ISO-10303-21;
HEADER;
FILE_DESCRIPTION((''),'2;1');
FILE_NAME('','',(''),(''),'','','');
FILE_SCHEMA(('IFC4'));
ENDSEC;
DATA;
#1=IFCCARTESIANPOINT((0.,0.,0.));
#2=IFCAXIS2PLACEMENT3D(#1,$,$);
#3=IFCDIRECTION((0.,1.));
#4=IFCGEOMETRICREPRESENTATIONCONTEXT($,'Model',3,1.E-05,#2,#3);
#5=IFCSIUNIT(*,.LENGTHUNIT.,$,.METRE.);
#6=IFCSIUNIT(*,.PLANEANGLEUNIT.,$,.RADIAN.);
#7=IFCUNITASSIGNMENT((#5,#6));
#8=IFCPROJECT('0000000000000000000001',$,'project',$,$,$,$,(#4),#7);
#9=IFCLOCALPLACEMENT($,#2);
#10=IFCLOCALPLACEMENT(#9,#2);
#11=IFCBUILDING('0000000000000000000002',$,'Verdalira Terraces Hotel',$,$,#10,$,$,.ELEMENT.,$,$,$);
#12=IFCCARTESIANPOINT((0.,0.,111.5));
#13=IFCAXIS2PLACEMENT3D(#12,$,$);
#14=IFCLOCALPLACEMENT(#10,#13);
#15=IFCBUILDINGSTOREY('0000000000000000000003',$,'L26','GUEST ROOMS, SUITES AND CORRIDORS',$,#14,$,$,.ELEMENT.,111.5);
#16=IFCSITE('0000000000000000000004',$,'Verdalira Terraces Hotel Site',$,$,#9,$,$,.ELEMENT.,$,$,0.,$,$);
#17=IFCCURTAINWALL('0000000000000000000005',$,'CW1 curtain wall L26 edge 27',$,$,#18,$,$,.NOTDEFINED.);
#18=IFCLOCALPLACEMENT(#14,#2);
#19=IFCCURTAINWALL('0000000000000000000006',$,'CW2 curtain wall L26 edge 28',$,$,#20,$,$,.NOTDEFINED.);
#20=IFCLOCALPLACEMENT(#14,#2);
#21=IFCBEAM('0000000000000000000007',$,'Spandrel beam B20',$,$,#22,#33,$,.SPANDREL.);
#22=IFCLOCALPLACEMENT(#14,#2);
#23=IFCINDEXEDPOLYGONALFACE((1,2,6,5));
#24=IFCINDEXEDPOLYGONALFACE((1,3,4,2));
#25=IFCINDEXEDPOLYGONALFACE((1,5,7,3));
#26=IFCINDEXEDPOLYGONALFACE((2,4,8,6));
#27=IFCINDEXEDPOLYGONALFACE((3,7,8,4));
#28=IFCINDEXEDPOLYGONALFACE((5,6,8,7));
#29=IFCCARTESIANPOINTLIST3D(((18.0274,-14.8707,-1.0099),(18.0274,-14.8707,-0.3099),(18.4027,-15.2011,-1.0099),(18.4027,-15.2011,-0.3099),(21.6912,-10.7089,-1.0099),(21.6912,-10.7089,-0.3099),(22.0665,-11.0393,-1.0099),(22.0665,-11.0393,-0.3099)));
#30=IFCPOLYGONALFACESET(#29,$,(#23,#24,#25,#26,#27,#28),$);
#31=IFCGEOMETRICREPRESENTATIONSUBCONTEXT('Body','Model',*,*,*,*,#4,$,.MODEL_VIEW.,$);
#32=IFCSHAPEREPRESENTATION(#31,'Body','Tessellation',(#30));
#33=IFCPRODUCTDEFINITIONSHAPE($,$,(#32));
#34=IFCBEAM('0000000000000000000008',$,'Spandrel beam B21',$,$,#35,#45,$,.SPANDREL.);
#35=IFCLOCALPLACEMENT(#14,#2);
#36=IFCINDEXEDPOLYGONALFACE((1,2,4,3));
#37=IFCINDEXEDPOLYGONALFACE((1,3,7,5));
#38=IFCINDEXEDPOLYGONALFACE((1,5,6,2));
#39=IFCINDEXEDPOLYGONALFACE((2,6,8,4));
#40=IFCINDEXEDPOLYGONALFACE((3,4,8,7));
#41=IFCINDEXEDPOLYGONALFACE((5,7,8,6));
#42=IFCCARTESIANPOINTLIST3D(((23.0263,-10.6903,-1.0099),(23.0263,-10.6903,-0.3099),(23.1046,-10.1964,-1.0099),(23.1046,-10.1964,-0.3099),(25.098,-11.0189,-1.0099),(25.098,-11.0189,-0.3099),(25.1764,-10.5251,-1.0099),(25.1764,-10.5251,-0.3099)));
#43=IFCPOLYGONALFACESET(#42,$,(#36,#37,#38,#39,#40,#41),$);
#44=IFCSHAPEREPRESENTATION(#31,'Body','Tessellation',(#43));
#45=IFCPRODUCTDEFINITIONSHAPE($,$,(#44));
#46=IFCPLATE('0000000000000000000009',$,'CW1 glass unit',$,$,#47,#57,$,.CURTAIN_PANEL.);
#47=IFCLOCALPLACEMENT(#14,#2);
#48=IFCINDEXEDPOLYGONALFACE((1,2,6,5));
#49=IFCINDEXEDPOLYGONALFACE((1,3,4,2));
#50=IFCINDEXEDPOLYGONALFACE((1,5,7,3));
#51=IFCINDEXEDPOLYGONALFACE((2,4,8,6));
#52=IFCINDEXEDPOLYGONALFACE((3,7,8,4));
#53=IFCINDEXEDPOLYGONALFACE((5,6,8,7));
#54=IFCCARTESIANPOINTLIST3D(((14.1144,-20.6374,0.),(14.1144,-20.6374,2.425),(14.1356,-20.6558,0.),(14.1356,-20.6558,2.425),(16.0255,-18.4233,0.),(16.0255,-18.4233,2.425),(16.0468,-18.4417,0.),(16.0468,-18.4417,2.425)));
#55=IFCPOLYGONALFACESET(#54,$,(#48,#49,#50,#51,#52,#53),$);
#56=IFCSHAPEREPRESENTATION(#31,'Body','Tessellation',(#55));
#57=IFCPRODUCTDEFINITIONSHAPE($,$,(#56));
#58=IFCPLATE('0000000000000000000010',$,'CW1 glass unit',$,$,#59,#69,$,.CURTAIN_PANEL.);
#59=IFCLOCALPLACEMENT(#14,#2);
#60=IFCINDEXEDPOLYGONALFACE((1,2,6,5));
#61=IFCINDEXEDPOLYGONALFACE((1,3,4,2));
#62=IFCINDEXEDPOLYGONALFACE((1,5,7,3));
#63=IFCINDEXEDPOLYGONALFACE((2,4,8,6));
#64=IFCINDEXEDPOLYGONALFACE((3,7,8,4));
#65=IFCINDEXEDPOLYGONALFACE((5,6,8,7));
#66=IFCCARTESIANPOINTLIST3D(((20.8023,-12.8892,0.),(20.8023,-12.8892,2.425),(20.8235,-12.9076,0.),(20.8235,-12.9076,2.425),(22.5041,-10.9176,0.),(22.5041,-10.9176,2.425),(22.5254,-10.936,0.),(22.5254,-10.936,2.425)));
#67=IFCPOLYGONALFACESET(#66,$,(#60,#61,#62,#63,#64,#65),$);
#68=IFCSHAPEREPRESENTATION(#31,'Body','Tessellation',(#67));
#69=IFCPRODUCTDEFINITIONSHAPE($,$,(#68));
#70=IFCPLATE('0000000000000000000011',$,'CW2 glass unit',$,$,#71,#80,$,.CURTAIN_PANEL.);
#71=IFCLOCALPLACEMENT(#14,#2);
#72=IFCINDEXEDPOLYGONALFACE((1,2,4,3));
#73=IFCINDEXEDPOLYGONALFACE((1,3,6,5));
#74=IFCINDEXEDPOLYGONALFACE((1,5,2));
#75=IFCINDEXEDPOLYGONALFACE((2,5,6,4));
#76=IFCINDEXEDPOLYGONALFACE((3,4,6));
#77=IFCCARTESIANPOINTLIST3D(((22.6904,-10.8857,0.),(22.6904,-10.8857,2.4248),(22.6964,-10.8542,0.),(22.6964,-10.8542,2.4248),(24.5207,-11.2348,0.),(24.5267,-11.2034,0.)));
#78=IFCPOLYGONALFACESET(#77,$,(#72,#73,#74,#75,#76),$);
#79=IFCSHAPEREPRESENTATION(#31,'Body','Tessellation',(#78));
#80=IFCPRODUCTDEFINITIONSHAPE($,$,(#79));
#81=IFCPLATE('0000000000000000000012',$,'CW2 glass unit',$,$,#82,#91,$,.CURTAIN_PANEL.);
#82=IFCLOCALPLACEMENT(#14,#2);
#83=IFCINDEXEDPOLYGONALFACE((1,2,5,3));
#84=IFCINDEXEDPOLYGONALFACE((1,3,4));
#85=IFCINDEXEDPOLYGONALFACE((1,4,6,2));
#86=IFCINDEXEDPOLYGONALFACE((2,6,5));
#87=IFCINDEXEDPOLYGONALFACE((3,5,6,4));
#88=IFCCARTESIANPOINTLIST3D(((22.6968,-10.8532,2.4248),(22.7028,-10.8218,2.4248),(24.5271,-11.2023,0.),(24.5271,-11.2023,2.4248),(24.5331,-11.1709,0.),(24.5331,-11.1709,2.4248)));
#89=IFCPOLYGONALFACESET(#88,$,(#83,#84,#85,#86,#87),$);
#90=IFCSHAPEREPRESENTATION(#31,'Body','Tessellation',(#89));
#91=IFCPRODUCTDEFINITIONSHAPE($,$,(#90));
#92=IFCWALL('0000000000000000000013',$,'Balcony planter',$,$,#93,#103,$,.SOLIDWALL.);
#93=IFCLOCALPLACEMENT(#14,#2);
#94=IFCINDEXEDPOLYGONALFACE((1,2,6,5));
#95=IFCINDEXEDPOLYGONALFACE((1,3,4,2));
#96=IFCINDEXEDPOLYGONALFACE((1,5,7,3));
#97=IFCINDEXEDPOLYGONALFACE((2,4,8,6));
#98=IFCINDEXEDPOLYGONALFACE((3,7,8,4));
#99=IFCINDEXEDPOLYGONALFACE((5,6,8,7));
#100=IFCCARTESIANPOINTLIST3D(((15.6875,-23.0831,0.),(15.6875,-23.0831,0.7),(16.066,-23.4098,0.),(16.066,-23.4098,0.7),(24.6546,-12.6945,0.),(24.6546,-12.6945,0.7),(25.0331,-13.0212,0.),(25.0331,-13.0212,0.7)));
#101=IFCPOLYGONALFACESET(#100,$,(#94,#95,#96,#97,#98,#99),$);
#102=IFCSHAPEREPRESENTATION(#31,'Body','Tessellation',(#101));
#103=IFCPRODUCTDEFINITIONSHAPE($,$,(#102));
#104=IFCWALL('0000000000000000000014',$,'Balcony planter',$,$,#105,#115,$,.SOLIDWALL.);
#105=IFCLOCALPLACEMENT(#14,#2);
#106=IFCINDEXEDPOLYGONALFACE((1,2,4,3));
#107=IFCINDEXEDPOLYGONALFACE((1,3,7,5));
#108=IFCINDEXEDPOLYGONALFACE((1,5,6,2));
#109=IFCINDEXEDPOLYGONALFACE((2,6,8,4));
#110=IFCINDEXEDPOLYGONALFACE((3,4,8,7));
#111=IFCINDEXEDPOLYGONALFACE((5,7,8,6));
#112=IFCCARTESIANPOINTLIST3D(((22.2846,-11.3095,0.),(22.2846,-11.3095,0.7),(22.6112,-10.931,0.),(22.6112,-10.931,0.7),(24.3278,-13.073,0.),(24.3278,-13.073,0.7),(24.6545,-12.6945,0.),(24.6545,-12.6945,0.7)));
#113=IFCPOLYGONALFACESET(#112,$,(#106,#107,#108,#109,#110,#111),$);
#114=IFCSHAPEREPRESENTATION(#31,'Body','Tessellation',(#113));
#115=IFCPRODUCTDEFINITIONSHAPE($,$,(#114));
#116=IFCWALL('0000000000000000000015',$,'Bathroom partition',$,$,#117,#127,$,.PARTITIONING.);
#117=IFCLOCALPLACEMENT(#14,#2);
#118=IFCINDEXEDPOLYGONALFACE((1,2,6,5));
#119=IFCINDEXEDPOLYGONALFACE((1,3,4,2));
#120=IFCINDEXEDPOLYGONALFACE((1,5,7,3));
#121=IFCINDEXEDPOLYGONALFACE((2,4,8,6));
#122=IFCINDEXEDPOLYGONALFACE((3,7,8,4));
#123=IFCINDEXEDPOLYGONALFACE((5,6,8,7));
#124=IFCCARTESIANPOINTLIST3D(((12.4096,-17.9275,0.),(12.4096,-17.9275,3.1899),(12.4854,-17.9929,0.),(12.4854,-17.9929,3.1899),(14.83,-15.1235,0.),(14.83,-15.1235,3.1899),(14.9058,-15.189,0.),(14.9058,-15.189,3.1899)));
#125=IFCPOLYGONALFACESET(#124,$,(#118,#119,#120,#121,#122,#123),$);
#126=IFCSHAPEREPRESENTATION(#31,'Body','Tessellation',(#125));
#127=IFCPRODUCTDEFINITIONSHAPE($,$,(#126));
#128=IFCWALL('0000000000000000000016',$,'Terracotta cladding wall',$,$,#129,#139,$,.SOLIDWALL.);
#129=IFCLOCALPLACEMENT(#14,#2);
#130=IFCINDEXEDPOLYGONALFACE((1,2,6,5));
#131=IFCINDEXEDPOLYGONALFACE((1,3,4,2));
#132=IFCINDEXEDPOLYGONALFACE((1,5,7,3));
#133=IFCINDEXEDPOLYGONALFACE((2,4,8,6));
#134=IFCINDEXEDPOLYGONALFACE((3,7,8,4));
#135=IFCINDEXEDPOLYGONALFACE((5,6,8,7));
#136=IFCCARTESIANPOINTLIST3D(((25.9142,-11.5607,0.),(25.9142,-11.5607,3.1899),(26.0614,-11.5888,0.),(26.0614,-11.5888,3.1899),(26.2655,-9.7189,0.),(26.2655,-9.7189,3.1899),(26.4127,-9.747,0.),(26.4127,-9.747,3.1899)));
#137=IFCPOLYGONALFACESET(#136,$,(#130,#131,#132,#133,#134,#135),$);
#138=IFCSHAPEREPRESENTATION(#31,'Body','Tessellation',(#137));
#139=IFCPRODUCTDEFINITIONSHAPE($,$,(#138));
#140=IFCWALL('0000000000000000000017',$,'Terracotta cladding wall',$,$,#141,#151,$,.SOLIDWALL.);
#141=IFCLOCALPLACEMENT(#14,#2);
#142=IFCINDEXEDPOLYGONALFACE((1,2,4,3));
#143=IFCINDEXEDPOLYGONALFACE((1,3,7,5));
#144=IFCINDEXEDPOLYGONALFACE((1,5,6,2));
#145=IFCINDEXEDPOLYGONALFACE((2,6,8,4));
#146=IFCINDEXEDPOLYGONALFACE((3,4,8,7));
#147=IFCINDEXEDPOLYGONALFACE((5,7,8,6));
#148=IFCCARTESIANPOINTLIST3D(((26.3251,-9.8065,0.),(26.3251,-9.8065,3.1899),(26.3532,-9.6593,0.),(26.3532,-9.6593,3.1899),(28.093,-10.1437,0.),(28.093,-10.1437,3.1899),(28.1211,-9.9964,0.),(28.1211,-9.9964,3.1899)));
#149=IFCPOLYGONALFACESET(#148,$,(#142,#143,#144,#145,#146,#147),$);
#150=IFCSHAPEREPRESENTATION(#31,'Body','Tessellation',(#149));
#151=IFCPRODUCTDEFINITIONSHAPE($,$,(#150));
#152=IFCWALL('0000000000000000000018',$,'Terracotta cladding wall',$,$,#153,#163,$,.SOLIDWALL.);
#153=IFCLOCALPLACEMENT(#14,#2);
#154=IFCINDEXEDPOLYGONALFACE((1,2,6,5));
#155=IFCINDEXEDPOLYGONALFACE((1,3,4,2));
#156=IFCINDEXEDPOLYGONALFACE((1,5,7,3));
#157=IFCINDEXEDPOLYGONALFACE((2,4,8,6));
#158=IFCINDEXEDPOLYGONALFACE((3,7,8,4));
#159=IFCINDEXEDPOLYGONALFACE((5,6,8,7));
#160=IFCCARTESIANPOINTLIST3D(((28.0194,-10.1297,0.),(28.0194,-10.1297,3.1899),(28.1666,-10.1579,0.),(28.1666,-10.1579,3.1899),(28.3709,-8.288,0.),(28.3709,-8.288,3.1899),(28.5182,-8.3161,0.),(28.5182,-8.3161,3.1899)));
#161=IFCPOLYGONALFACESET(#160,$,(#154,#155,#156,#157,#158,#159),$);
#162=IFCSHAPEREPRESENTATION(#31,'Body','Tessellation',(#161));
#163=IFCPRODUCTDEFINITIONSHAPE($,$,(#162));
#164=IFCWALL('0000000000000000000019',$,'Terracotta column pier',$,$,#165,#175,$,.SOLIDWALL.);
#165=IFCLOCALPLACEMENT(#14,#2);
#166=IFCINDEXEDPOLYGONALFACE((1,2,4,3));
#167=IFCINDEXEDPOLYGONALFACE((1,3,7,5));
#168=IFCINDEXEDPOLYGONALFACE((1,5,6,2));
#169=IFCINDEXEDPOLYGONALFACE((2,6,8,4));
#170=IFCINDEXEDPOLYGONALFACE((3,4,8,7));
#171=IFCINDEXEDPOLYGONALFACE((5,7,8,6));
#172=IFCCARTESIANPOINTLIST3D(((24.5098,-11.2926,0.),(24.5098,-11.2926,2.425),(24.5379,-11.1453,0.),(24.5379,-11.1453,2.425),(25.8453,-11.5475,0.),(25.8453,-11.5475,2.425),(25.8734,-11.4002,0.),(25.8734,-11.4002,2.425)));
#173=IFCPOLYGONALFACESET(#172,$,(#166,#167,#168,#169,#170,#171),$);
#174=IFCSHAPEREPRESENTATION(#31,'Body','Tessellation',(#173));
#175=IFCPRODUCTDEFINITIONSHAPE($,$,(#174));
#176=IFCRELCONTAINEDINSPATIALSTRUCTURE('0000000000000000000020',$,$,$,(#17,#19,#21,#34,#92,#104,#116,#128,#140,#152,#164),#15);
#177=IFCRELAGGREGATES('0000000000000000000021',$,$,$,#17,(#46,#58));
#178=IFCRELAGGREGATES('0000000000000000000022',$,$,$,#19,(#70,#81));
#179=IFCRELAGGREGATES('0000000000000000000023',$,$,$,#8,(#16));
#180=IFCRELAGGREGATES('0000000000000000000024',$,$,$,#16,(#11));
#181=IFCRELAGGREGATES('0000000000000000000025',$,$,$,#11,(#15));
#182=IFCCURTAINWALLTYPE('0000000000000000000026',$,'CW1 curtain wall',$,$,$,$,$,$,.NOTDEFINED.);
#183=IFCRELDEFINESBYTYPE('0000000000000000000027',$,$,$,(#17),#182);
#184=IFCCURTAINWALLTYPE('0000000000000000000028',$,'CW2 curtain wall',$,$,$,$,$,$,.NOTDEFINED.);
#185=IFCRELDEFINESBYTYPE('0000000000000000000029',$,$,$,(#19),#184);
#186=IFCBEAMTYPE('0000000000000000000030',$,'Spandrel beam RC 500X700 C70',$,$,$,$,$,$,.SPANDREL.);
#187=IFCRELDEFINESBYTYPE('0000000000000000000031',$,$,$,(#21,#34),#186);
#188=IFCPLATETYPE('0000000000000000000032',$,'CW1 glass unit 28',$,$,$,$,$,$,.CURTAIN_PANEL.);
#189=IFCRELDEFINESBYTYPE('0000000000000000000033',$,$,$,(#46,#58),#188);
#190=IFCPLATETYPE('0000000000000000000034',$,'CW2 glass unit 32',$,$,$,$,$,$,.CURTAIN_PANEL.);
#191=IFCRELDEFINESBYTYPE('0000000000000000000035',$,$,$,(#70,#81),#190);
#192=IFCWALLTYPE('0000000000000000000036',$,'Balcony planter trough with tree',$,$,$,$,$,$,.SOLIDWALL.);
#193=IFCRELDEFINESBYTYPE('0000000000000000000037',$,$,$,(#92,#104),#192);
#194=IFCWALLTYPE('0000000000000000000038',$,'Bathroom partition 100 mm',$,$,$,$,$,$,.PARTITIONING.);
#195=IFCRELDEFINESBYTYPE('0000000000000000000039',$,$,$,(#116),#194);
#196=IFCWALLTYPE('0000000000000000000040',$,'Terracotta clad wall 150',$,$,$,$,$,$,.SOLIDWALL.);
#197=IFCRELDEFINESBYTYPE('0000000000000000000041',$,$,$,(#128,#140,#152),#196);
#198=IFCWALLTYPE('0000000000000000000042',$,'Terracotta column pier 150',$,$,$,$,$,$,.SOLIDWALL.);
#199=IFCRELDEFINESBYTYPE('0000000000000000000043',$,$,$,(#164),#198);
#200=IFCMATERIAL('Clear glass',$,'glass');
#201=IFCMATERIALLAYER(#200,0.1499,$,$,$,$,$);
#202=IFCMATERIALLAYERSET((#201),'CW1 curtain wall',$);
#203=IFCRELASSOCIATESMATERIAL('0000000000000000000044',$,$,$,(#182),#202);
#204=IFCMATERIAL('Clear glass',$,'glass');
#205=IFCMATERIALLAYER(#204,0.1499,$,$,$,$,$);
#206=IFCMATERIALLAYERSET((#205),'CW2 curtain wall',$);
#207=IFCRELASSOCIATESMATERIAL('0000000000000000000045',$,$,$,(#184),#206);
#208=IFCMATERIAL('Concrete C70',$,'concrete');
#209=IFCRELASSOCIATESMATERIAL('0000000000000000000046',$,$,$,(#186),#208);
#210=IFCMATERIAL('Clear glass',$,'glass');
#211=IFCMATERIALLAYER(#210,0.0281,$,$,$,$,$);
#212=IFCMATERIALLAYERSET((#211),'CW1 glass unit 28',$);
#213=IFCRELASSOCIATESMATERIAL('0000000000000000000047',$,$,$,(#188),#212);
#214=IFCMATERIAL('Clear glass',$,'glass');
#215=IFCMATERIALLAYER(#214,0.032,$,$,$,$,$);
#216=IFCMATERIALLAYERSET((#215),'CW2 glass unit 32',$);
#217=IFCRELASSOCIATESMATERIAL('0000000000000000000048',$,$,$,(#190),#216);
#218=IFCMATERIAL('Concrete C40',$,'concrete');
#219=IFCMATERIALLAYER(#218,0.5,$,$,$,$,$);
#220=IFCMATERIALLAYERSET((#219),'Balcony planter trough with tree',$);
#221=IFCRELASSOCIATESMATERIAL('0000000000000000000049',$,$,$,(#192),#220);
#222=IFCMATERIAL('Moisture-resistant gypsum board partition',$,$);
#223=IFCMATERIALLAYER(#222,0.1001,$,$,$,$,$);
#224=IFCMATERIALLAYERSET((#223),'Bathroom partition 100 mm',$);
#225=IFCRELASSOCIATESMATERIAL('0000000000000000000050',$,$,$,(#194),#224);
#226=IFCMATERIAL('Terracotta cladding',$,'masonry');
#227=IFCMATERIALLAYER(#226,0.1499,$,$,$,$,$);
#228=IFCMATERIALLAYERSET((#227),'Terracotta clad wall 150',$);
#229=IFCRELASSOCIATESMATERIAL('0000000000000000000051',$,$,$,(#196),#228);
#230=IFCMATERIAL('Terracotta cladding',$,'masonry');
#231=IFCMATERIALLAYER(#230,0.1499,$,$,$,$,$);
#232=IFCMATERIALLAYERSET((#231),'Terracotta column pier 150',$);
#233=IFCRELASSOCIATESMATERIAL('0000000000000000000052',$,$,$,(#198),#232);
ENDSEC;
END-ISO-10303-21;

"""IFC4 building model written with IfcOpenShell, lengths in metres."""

from ifc_helpers import new_model, si_unit, direction, frame, frame_2d, origin, origin_2d, place, context, subcontext, project, spatial, polyline, rectangle, outline, extrude, material, layer, layer_set, material_profile, profile_set, type_object, element, aggregate, save


model = new_model("IFC4")

# Units and contexts
model_context = context("Model", 3, precision=1e-05, world=origin(), true_north=direction((0.0, 1.0)))
body_context = subcontext(model_context, "Body", "Model", "MODEL_VIEW")
ifc_project = project(units=[si_unit("LENGTHUNIT", "METRE"), si_unit("PLANEANGLEUNIT", "RADIAN")], contexts=[model_context])

# Site, building, storey
site_placement = place(None, origin())
site = spatial("IfcSite", under=ifc_project, at=site_placement, Name="Verdalira Terraces Hotel Site", CompositionType="ELEMENT", RefElevation=0.0)
building_placement = place(site_placement, origin())
building = spatial("IfcBuilding", under=site, at=building_placement, Name="Verdalira Terraces Hotel", CompositionType="ELEMENT")
storey_placement = place(building_placement, frame((0.0, 0.0, 111.5)))
storey = spatial("IfcBuildingStorey", under=building, at=storey_placement, Name="L26", Description="GUEST ROOMS, SUITES AND CORRIDORS", CompositionType="ELEMENT", Elevation=111.5)

# Curtain wall
ifc_material_1 = material(Name="Clear glass", Category="glass")
ifc_layer_1 = layer(ifc_material_1, 0.1499)
ifc_layer_set_1 = layer_set([ifc_layer_1], Name="CW1 curtain wall")
curtain_wall_type_1 = type_object("IfcCurtainWallType", Name="CW1 curtain wall", PredefinedType="NOTDEFINED", material=ifc_layer_set_1)
curtain_wall_1_placement = place(storey_placement, origin())
curtain_wall_1 = element("IfcCurtainWall", 1, at=curtain_wall_1_placement, inside=storey, type_object=curtain_wall_type_1, Name="CW1 curtain wall L26 edge 27", PredefinedType="NOTDEFINED")

# Curtain wall
ifc_material_2 = material(Name="Clear glass", Category="glass")
ifc_layer_2 = layer(ifc_material_2, 0.1499)
ifc_layer_set_2 = layer_set([ifc_layer_2], Name="CW2 curtain wall")
curtain_wall_type_2 = type_object("IfcCurtainWallType", Name="CW2 curtain wall", PredefinedType="NOTDEFINED", material=ifc_layer_set_2)
curtain_wall_2_placement = place(storey_placement, origin())
curtain_wall_2 = element("IfcCurtainWall", 2, at=curtain_wall_2_placement, inside=storey, type_object=curtain_wall_type_2, Name="CW2 curtain wall L26 edge 28", PredefinedType="NOTDEFINED")

# Beams
ifc_material_3 = material(Name="Concrete C70", Category="concrete")
ifc_material_profile_1 = material_profile(ifc_material_3, rectangle(XDim=0.5, YDim=0.7, at=origin_2d()), Name="RC 500X700")
ifc_profile_set_1 = profile_set([ifc_material_profile_1], Name="Concrete C70")
beam_type_1 = type_object("IfcBeamType", Name="Spandrel beam RC 500X700 C70", PredefinedType="SPANDREL", material=ifc_profile_set_1)
beam_1_placement = place(storey_placement, frame((18.2151, -15.0359, -0.6599), z_axis=(0.660768, 0.75059, 0.0), x_axis=(-0.75059, 0.660768, 0.0)))
element("IfcBeam", 3, at=beam_1_placement, inside=storey, type_object=beam_type_1, Name="Spandrel beam B20", PredefinedType="SPANDREL", context=body_context, shape_type="SweptSolid", body=[
    extrude(rectangle(XDim=0.5, YDim=0.7, at=origin_2d()), origin(), (0.0, 0.0, 1.0), 5.5447),
])
beam_2_placement = place(storey_placement, frame((23.0654, -10.4434, -0.6599), z_axis=(0.987653, -0.156656, 0.0), x_axis=(0.156656, 0.987653, 0.0)))
element("IfcBeam", 4, at=beam_2_placement, inside=storey, type_object=beam_type_1, Name="Spandrel beam B21", PredefinedType="SPANDREL", context=body_context, shape_type="SweptSolid", body=[
    extrude(rectangle(XDim=0.5, YDim=0.7, at=origin_2d()), origin(), (0.0, 0.0, 1.0), 2.0977),
])

# Plates
ifc_material_4 = material(Name="Clear glass", Category="glass")
ifc_layer_3 = layer(ifc_material_4, 0.0281)
ifc_layer_set_3 = layer_set([ifc_layer_3], Name="CW1 glass unit 28")
plate_type_1 = type_object("IfcPlateType", Name="CW1 glass unit 28", PredefinedType="CURTAIN_PANEL", material=ifc_layer_set_3)
plate_1_placement = place(storey_placement, frame((15.0806, -19.5396, 0.0), z_axis=(0.0, 0.0, 1.0), x_axis=(0.653421, 0.756995, 0.0)))
plate_1 = element("IfcPlate", 5, at=plate_1_placement, type_object=plate_type_1, Name="CW1 glass unit", PredefinedType="CURTAIN_PANEL", context=body_context, shape_type="SweptSolid", body=[
    extrude(rectangle(XDim=2.9248, YDim=0.0281, at=origin_2d()), origin(), (0.0, 0.0, 1.0), 2.425),
])
plate_2_placement = place(storey_placement, frame((21.6638, -11.9126, 0.0), z_axis=(0.0, 0.0, 1.0), x_axis=(0.653421, 0.756995, 0.0)))
plate_2 = element("IfcPlate", 6, at=plate_2_placement, type_object=plate_type_1, Name="CW1 glass unit", PredefinedType="CURTAIN_PANEL", context=body_context, shape_type="SweptSolid", body=[
    extrude(rectangle(XDim=2.6045, YDim=0.0281, at=origin_2d()), origin(), (0.0, 0.0, 1.0), 2.425),
])
aggregate(curtain_wall_1, [plate_1, plate_2])
ifc_material_5 = material(Name="Clear glass", Category="glass")
ifc_layer_4 = layer(ifc_material_5, 0.032)
ifc_layer_set_4 = layer_set([ifc_layer_4], Name="CW2 glass unit 32")
plate_type_2 = type_object("IfcPlateType", Name="CW2 glass unit 32", PredefinedType="CURTAIN_PANEL", material=ifc_layer_set_4)
plate_3_placement = place(storey_placement, frame((23.6116, -11.0288, 1.2124), z_axis=(-0.187381, -0.982287, 0.0), x_axis=(0.982287, -0.187381, 0.0)))
plate_3 = element("IfcPlate", 7, at=plate_3_placement, type_object=plate_type_2, Name="CW2 glass unit", PredefinedType="CURTAIN_PANEL", context=body_context, shape_type="SweptSolid", body=[
    extrude(outline(polyline([(-0.9316, -1.2124), (0.9316, -1.2124), (-0.9316, 1.2124), (-0.9316, -1.2124)])), origin(), (0.0, 0.0, 1.0), 0.032),
])
plate_4_placement = place(storey_placement, frame((23.6179, -10.9963, 1.2124), z_axis=(-0.187381, -0.982287, 0.0), x_axis=(0.982287, -0.187381, 0.0)))
plate_4 = element("IfcPlate", 8, at=plate_4_placement, type_object=plate_type_2, Name="CW2 glass unit", PredefinedType="CURTAIN_PANEL", context=body_context, shape_type="SweptSolid", body=[
    extrude(outline(polyline([(0.9316, -1.2124), (0.9316, 1.2124), (-0.9316, 1.2124), (0.9316, -1.2124)])), origin(), (0.0, 0.0, 1.0), 0.032),
])
aggregate(curtain_wall_2, [plate_3, plate_4])

# Walls
ifc_material_6 = material(Name="Concrete C40", Category="concrete")
ifc_layer_5 = layer(ifc_material_6, 0.5)
ifc_layer_set_5 = layer_set([ifc_layer_5], Name="Balcony planter trough with tree")
wall_type_1 = type_object("IfcWallType", Name="Balcony planter trough with tree", PredefinedType="SOLIDWALL", material=ifc_layer_set_5)
wall_1_placement = place(storey_placement, frame((15.8767, -23.2466, 0.0), z_axis=(0.0, 0.0, 1.0), x_axis=(0.653411, 0.757003, 0.0)))
element("IfcWall", 9, at=wall_1_placement, inside=storey, type_object=wall_type_1, Name="Balcony planter", PredefinedType="SOLIDWALL", context=body_context, shape_type="SweptSolid", body=[
    extrude(rectangle(XDim=13.7234, YDim=0.5, at=frame_2d((6.8618, 0.0))), origin(), (0.0, 0.0, 1.0), 0.7),
])
wall_2_placement = place(storey_placement, frame((24.4912, -12.8838, 0.0), z_axis=(0.0, 0.0, 1.0), x_axis=(-0.757037, 0.653373, 0.0)))
element("IfcWall", 10, at=wall_2_placement, inside=storey, type_object=wall_type_1, Name="Balcony planter", PredefinedType="SOLIDWALL", context=body_context, shape_type="SweptSolid", body=[
    extrude(rectangle(XDim=2.699, YDim=0.5, at=frame_2d((1.3496, 0.0))), origin(), (0.0, 0.0, 1.0), 0.7),
])
ifc_material_7 = material(Name="Moisture-resistant gypsum board partition")
ifc_layer_6 = layer(ifc_material_7, 0.1001)
ifc_layer_set_6 = layer_set([ifc_layer_6], Name="Bathroom partition 100 mm")
wall_type_2 = type_object("IfcWallType", Name="Bathroom partition 100 mm", PredefinedType="PARTITIONING", material=ifc_layer_set_6)
wall_3_placement = place(storey_placement, frame((14.8679, -15.1562, 0.0), z_axis=(0.0, 0.0, 1.0), x_axis=(-0.653436, -0.756982, 0.0)))
element("IfcWall", 11, at=wall_3_placement, inside=storey, type_object=wall_type_2, Name="Bathroom partition", PredefinedType="PARTITIONING", context=body_context, shape_type="SweptSolid", body=[
    extrude(rectangle(XDim=3.7041, YDim=0.1001, at=frame_2d((1.8521, 0.0))), origin(), (0.0, 0.0, 1.0), 3.1899),
])
ifc_material_8 = material(Name="Terracotta cladding", Category="masonry")
ifc_layer_7 = layer(ifc_material_8, 0.1499)
ifc_layer_set_7 = layer_set([ifc_layer_7], Name="Terracotta clad wall 150")
wall_type_3 = type_object("IfcWallType", Name="Terracotta clad wall 150", PredefinedType="SOLIDWALL", material=ifc_layer_set_7)
wall_4_placement = place(storey_placement, frame((25.9878, -11.5747, 0.0), z_axis=(0.0, 0.0, 1.0), x_axis=(0.187369, 0.98229, 0.0)))
element("IfcWall", 12, at=wall_4_placement, inside=storey, type_object=wall_type_3, Name="Terracotta cladding wall", PredefinedType="SOLIDWALL", context=body_context, shape_type="SweptSolid", body=[
    extrude(rectangle(XDim=1.875, YDim=0.1499, at=frame_2d((0.9375, 0.0))), origin(), (0.0, 0.0, 1.0), 3.1899),
])
wall_5_placement = place(storey_placement, frame((26.3391, -9.7329, 0.0), z_axis=(0.0, 0.0, 1.0), x_axis=(0.982299, -0.187318, 0.0)))
element("IfcWall", 13, at=wall_5_placement, inside=storey, type_object=wall_type_3, Name="Terracotta cladding wall", PredefinedType="SOLIDWALL", context=body_context, shape_type="SweptSolid", body=[
    extrude(rectangle(XDim=1.7998, YDim=0.1499, at=frame_2d((0.8999, 0.0))), origin(), (0.0, 0.0, 1.0), 3.1899),
])
wall_6_placement = place(storey_placement, frame((28.093, -10.1438, 0.0), z_axis=(0.0, 0.0, 1.0), x_axis=(0.187495, 0.982266, 0.0)))
element("IfcWall", 14, at=wall_6_placement, inside=storey, type_object=wall_type_3, Name="Terracotta cladding wall", PredefinedType="SOLIDWALL", context=body_context, shape_type="SweptSolid", body=[
    extrude(rectangle(XDim=1.875, YDim=0.1499, at=frame_2d((0.9375, 0.0))), origin(), (0.0, 0.0, 1.0), 3.1899),
])
ifc_material_9 = material(Name="Terracotta cladding", Category="masonry")
ifc_layer_8 = layer(ifc_material_9, 0.1499)
ifc_layer_set_8 = layer_set([ifc_layer_8], Name="Terracotta column pier 150")
wall_type_4 = type_object("IfcWallType", Name="Terracotta column pier 150", PredefinedType="SOLIDWALL", material=ifc_layer_set_8)
wall_7_placement = place(storey_placement, frame((24.5239, -11.219, 0.0), z_axis=(0.0, 0.0, 1.0), x_axis=(0.982269, -0.187475, 0.0)))
element("IfcWall", 15, at=wall_7_placement, inside=storey, type_object=wall_type_4, Name="Terracotta column pier", PredefinedType="SOLIDWALL", context=body_context, shape_type="SweptSolid", body=[
    extrude(rectangle(XDim=1.3596, YDim=0.1499, at=frame_2d((0.6797, 0.0))), origin(), (0.0, 0.0, 1.0), 2.425),
])

save(model, "model.ifc")
